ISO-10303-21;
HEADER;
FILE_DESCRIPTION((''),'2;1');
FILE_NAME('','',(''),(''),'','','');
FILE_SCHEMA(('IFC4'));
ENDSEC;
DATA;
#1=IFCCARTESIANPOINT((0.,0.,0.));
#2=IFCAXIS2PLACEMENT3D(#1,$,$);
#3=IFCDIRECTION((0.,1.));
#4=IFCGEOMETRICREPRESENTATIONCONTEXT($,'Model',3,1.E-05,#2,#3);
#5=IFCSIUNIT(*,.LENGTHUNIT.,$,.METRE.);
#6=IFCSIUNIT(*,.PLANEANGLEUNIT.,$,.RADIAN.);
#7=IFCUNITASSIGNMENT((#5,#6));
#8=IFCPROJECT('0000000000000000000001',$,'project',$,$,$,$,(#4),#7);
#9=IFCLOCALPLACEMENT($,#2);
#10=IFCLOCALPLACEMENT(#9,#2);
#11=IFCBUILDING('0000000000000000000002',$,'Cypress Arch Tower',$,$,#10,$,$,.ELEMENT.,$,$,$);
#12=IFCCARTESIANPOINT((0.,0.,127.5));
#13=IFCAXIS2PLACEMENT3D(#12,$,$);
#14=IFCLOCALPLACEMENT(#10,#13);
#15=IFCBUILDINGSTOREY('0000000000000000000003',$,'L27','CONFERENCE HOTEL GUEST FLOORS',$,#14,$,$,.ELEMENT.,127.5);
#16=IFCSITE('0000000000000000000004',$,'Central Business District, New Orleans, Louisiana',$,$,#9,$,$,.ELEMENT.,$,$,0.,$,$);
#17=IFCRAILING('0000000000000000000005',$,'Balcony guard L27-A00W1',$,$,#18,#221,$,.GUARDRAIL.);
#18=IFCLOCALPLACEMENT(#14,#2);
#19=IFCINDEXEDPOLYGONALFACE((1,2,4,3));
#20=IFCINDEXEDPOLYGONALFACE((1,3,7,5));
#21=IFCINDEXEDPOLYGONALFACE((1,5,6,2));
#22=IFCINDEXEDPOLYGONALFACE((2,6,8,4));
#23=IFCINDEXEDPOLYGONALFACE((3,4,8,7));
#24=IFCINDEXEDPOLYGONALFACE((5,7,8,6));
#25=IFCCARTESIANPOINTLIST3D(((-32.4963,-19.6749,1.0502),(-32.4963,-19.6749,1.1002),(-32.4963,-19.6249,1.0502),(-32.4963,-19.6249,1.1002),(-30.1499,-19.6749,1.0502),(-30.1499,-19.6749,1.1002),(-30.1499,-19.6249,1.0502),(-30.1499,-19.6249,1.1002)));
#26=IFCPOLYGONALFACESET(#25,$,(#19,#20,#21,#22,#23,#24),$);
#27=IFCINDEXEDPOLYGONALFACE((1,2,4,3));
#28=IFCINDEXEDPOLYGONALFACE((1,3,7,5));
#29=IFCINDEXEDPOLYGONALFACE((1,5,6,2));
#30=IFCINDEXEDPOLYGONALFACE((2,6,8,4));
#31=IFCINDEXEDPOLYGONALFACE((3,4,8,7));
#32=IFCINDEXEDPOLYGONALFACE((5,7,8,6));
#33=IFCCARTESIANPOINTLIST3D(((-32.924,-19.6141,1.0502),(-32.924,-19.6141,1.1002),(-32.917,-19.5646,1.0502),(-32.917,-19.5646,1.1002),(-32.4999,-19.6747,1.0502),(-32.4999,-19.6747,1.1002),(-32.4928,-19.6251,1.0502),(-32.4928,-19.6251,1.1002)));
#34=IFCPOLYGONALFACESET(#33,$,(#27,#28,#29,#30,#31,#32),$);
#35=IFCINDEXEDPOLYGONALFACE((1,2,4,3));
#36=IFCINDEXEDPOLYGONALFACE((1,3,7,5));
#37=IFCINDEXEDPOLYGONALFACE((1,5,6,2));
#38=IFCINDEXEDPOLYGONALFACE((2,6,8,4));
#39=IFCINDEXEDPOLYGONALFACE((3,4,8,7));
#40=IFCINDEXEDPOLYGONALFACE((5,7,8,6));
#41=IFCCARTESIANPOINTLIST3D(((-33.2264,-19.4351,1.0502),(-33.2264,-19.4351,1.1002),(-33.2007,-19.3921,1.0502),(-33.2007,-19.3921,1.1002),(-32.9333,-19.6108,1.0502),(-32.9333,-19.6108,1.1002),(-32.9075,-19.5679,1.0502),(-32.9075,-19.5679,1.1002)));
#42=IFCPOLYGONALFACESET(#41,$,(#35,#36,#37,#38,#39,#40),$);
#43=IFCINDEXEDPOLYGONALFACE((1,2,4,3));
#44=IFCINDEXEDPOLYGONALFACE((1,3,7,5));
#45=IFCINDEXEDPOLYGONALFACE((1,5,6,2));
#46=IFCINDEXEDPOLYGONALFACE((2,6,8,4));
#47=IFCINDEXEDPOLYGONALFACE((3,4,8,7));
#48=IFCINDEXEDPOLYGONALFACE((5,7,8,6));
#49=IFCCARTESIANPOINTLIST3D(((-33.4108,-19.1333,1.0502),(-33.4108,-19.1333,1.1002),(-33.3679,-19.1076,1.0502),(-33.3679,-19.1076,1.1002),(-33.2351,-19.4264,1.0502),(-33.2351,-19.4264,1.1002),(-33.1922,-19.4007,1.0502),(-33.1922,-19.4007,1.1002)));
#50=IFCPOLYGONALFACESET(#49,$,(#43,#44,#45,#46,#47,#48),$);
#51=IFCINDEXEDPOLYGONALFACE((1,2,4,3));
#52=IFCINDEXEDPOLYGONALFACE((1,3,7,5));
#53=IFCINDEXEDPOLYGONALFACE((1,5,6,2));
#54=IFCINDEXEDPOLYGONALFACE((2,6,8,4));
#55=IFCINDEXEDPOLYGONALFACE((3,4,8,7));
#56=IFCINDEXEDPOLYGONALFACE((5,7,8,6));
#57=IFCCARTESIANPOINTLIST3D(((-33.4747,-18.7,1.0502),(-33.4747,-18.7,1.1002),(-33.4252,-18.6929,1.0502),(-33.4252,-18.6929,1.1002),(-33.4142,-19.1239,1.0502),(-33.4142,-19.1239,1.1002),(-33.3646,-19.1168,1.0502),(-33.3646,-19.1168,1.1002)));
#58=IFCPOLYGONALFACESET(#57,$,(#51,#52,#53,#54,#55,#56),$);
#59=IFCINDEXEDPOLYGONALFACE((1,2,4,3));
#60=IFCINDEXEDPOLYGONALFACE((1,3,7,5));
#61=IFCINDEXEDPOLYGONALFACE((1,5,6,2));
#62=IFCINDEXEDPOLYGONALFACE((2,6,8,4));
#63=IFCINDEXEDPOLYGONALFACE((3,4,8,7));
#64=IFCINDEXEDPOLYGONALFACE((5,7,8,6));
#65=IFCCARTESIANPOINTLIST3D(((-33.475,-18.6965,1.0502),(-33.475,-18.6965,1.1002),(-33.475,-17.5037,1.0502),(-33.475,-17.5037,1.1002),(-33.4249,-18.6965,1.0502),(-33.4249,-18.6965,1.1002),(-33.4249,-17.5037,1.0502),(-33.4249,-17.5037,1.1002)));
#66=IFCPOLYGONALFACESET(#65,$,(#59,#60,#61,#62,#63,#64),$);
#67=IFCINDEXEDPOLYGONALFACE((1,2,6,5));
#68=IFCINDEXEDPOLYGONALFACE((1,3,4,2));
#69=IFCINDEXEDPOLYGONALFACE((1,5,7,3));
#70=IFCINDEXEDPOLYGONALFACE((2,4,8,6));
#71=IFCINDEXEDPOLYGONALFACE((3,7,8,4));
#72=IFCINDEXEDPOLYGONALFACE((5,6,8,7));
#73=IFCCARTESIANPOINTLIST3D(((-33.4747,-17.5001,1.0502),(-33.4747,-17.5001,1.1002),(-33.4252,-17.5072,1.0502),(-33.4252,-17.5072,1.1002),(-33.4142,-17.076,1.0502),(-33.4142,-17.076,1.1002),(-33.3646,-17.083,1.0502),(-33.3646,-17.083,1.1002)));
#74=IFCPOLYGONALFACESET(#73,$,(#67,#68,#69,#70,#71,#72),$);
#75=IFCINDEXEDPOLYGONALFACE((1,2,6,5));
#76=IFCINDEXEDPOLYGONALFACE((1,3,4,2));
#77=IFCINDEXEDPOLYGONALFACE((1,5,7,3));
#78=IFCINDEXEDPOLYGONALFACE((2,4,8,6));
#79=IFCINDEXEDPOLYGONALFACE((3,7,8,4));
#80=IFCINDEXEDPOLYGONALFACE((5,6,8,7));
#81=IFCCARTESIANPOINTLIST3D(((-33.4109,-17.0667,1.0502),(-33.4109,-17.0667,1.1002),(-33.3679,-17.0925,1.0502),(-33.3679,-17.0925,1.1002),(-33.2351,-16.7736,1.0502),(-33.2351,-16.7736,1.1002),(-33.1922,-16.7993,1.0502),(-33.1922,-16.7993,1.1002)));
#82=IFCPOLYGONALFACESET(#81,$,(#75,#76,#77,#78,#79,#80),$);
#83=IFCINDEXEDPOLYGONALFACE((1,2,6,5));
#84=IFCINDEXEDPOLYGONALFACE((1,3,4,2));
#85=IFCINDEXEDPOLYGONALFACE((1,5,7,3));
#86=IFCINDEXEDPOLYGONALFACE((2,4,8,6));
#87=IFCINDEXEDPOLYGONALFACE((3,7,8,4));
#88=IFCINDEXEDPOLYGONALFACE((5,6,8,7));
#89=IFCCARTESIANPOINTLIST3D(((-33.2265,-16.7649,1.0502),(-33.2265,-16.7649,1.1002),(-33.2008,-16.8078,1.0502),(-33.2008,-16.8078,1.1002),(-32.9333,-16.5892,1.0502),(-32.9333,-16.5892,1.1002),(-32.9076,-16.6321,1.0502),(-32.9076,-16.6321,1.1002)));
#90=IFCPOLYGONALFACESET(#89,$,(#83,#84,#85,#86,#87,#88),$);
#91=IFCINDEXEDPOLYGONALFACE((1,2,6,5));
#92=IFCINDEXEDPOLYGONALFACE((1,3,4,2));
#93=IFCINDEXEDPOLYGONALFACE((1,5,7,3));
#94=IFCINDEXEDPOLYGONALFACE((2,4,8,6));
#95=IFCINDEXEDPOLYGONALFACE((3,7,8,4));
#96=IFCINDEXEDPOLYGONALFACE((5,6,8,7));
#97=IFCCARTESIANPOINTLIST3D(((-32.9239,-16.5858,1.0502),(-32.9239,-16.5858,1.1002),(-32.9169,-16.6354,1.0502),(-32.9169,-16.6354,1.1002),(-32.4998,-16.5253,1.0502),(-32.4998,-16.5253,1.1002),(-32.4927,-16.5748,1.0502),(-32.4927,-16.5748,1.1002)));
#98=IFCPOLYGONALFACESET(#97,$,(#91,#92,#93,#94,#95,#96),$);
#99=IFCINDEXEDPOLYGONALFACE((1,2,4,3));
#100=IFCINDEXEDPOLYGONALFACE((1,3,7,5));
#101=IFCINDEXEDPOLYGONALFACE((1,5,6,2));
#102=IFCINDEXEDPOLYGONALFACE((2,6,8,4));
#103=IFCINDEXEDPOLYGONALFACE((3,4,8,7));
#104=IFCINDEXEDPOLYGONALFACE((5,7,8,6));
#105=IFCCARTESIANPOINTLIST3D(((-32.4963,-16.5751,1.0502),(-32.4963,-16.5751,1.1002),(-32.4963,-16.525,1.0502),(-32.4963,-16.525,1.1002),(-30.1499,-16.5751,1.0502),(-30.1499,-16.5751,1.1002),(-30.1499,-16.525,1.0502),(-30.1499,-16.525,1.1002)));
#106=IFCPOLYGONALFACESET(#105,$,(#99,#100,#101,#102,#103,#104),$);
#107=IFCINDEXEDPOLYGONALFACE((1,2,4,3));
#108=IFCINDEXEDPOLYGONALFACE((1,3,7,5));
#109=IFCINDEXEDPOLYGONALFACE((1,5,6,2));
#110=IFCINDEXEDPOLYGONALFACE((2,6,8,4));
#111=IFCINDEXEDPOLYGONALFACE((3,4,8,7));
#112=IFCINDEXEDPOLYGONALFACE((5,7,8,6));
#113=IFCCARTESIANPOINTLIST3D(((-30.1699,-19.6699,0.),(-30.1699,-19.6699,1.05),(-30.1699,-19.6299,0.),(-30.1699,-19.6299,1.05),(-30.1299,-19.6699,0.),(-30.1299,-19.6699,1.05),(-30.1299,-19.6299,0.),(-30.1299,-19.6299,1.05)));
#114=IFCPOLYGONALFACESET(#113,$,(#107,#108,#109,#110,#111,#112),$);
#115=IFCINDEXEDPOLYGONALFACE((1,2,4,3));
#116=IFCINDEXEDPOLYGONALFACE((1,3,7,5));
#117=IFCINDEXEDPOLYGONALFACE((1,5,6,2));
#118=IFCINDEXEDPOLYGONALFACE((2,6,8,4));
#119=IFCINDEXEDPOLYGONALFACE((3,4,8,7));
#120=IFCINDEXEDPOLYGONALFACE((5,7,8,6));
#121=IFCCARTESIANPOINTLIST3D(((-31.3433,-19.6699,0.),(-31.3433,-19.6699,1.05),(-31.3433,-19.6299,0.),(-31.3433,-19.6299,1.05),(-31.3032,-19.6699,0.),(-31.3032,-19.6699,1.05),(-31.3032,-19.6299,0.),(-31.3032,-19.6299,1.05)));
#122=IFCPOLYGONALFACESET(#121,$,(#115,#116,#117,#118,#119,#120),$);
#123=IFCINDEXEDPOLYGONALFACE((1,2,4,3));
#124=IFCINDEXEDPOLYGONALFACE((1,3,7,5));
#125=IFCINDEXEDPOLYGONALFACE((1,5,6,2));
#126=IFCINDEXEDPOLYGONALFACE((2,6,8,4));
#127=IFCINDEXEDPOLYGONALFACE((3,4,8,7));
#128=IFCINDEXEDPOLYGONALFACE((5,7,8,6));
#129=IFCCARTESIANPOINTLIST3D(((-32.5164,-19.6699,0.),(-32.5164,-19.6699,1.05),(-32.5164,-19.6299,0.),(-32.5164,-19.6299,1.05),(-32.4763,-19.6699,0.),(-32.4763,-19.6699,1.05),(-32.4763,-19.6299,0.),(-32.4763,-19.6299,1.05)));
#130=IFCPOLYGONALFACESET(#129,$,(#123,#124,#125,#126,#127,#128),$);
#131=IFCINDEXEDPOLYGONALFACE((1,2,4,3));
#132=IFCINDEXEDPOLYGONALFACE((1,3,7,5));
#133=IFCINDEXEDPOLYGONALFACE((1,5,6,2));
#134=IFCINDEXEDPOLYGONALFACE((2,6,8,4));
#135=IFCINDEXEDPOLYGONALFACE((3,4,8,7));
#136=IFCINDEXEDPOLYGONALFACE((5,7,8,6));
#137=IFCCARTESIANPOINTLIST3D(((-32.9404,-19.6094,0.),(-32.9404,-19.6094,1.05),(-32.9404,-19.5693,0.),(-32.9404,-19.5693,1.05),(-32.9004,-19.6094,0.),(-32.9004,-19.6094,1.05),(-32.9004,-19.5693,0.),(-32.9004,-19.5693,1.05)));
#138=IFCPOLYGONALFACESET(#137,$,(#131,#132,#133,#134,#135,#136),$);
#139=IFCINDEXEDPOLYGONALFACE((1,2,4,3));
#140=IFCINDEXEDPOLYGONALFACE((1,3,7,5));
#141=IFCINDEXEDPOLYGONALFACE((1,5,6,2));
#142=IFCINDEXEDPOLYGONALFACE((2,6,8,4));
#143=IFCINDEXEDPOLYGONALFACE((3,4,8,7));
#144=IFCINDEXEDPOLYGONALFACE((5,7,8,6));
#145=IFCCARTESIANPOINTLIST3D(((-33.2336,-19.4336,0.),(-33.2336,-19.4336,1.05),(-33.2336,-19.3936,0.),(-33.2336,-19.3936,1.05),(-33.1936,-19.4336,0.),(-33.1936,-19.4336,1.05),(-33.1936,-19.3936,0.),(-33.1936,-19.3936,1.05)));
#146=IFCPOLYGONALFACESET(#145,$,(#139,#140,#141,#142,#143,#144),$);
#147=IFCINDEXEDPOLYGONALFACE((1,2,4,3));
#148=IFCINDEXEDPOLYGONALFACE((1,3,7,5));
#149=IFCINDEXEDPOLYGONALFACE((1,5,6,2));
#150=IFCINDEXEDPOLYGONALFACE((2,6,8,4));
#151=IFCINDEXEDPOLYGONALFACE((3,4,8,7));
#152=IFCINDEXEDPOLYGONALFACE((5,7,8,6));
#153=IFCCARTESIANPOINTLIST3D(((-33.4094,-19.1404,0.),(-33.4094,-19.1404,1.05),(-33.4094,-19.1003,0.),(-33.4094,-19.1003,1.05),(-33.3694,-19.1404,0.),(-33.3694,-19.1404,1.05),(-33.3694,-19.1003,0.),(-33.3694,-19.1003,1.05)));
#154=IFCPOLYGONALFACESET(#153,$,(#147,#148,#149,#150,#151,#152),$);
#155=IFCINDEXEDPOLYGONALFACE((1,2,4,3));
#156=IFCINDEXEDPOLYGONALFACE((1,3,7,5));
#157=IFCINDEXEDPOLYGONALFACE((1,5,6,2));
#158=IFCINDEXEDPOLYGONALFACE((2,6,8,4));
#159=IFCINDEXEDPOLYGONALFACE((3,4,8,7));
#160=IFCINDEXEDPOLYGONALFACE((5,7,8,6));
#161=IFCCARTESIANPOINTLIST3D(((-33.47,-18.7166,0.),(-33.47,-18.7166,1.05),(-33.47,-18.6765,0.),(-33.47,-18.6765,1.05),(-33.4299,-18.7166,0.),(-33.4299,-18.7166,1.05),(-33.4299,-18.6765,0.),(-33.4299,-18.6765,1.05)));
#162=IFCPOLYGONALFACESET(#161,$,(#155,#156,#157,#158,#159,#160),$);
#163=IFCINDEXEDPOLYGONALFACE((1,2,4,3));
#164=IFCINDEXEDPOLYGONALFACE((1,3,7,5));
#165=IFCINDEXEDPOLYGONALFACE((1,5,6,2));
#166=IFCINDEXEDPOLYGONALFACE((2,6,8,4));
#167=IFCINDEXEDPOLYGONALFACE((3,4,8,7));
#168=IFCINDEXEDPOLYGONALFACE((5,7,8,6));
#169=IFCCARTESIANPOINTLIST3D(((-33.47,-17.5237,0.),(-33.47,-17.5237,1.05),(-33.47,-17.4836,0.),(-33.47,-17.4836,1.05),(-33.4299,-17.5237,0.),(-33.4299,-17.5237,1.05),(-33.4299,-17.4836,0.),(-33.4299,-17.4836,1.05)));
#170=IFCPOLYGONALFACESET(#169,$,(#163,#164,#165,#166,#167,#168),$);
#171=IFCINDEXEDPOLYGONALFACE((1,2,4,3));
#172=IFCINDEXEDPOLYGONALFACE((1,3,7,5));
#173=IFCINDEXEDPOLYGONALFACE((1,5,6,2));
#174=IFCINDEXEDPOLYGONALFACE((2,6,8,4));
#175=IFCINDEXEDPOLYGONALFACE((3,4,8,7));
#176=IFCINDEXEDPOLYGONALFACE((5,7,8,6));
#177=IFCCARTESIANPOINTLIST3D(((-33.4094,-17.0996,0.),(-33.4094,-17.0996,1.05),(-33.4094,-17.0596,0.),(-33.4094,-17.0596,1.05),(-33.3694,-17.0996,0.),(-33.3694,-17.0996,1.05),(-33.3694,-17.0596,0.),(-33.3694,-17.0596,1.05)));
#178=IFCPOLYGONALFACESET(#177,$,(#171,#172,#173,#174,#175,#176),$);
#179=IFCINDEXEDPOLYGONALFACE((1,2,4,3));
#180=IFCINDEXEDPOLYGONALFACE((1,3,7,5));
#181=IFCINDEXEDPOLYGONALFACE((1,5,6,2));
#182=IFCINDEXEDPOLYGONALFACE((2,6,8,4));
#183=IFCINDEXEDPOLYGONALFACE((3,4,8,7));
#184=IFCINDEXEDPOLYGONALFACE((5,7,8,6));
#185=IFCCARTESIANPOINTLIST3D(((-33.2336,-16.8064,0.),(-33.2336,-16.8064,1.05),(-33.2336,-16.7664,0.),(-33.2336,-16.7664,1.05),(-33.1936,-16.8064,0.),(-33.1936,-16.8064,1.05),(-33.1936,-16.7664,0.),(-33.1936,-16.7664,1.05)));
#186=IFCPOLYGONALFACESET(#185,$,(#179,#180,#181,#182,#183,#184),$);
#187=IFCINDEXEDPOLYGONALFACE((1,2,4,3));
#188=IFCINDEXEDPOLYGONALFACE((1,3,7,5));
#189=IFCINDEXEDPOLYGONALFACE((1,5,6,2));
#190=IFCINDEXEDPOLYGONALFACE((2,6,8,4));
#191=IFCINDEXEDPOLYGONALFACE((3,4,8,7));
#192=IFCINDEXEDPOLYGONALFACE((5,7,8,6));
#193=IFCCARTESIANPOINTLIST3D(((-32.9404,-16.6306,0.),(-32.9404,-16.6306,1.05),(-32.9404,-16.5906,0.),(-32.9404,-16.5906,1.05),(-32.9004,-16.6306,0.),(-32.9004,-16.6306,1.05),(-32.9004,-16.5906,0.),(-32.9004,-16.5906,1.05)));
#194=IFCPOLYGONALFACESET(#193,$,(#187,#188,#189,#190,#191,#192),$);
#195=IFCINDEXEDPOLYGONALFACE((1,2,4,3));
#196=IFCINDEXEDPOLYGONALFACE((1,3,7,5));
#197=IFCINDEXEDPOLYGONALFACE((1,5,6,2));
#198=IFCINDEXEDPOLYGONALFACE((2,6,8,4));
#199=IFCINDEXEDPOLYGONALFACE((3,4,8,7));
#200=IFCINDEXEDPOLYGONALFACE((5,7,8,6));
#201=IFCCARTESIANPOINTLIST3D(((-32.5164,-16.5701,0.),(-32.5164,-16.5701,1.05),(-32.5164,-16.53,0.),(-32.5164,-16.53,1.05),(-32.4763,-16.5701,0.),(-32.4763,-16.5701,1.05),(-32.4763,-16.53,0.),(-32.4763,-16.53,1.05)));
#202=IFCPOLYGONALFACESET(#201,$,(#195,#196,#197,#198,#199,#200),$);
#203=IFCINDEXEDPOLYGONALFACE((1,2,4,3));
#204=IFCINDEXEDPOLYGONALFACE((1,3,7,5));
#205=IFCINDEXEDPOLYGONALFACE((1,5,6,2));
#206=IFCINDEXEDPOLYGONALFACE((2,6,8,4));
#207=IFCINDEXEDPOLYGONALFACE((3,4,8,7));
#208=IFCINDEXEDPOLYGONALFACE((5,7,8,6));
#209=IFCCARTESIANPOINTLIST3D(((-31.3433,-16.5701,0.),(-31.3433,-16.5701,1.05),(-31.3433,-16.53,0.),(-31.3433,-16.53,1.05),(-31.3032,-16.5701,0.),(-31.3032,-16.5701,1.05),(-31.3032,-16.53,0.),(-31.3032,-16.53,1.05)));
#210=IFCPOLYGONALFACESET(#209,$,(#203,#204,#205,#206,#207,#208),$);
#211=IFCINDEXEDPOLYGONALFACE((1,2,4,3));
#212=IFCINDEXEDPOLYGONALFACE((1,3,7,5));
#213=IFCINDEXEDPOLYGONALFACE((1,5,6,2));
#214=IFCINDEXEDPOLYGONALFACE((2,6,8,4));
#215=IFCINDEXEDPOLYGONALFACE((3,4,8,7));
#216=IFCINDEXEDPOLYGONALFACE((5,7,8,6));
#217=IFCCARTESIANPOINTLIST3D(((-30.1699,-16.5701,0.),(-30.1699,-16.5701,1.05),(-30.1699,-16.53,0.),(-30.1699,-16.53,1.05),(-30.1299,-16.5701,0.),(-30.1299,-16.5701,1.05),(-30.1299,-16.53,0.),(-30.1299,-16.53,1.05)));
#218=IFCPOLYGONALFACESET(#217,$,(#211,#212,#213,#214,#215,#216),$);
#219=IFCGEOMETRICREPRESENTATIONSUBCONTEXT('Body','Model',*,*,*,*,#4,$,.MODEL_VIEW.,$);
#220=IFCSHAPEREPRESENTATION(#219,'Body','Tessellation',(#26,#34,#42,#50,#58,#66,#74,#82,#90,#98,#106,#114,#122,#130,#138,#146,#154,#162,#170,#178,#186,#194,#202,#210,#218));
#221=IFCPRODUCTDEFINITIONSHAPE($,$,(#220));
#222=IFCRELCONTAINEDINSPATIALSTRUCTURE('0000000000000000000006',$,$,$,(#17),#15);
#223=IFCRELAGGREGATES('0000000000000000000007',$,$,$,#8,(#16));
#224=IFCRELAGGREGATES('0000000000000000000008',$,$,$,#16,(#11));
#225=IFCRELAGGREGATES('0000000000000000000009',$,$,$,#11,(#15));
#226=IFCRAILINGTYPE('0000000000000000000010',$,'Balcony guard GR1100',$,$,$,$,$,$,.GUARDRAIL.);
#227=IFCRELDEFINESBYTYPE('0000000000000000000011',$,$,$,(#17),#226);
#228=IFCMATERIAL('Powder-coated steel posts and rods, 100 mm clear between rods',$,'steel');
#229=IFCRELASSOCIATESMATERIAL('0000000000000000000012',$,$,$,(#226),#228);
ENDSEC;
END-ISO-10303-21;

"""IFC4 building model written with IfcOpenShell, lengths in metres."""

from ifc_helpers import new_model, si_unit, direction, frame, origin, origin_2d, place, context, subcontext, project, spatial, rectangle, extrude, material, type_object, element, save


model = new_model("IFC4")

# Units and contexts
model_context = context("Model", 3, precision=1e-05, world=origin(), true_north=direction((0.0, 1.0)))
body_context = subcontext(model_context, "Body", "Model", "MODEL_VIEW")
ifc_project = project(units=[si_unit("LENGTHUNIT", "METRE"), si_unit("PLANEANGLEUNIT", "RADIAN")], contexts=[model_context])

# Site, building, storey
site_placement = place(None, origin())
site = spatial("IfcSite", under=ifc_project, at=site_placement, Name="Central Business District, New Orleans, Louisiana", CompositionType="ELEMENT", RefElevation=0.0)
building_placement = place(site_placement, origin())
building = spatial("IfcBuilding", under=site, at=building_placement, Name="Cypress Arch Tower", CompositionType="ELEMENT")
storey_placement = place(building_placement, frame((0.0, 0.0, 127.5)))
storey = spatial("IfcBuildingStorey", under=building, at=storey_placement, Name="L27", Description="CONFERENCE HOTEL GUEST FLOORS", CompositionType="ELEMENT", Elevation=127.5)

# Railing
ifc_material_1 = material(Name="Powder-coated steel posts and rods, 100 mm clear between rods", Category="steel")
railing_type = type_object("IfcRailingType", Name="Balcony guard GR1100", PredefinedType="GUARDRAIL", material=ifc_material_1)
railing_placement = place(storey_placement, frame((-30.1499, -19.6499, 0.0)))
element("IfcRailing", 1, at=railing_placement, inside=storey, type_object=railing_type, Name="Balcony guard L27-A00W1", PredefinedType="GUARDRAIL", context=body_context, shape_type="SweptSolid", body=[
    extrude(rectangle(XDim=0.05, YDim=0.05, at=origin_2d()), frame((0.0, 0.0, 1.0752), z_axis=(-1.0, 0.0, 0.0), x_axis=(0.0, -1.0, 0.0)), (0.0, 0.0, 1.0), 2.3464),
    extrude(rectangle(XDim=0.05, YDim=0.05, at=origin_2d()), frame((-2.3464, 0.0, 1.0752), z_axis=(-0.989961, 0.141342, 0.0), x_axis=(-0.141342, -0.989961, 0.0)), (0.0, 0.0, 1.0), 0.4285),
    extrude(rectangle(XDim=0.05, YDim=0.05, at=origin_2d()), frame((-2.7705, 0.0605, 1.0752), z_axis=(-0.857682, 0.514181, 0.0), x_axis=(-0.514181, -0.857682, 0.0)), (0.0, 0.0, 1.0), 0.3418),
    extrude(rectangle(XDim=0.05, YDim=0.05, at=origin_2d()), frame((-3.0637, 0.2363, 1.0752), z_axis=(-0.514181, 0.857682, 0.0), x_axis=(-0.857682, -0.514181, 0.0)), (0.0, 0.0, 1.0), 0.3418),
    extrude(rectangle(XDim=0.05, YDim=0.05, at=origin_2d()), frame((-3.2395, 0.5295, 1.0752), z_axis=(-0.141421, 0.989949, 0.0), x_axis=(-0.989949, -0.141421, 0.0)), (0.0, 0.0, 1.0), 0.4282),
    extrude(rectangle(XDim=0.05, YDim=0.05, at=origin_2d()), frame((-3.3, 0.9534, 1.0752), z_axis=(0.0, 1.0, 0.0), x_axis=(-1.0, 0.0, 0.0)), (0.0, 0.0, 1.0), 1.1929),
    extrude(rectangle(XDim=0.05, YDim=0.05, at=origin_2d()), frame((-3.3, 2.1462, 1.0752), z_axis=(0.141342, 0.989961, 0.0), x_axis=(-0.989961, 0.141342, 0.0)), (0.0, 0.0, 1.0), 0.4285),
    extrude(rectangle(XDim=0.05, YDim=0.05, at=origin_2d()), frame((-3.2395, 2.5703, 1.0752), z_axis=(0.514181, 0.857682, 0.0), x_axis=(-0.857682, 0.514181, 0.0)), (0.0, 0.0, 1.0), 0.3418),
    extrude(rectangle(XDim=0.05, YDim=0.05, at=origin_2d()), frame((-3.0637, 2.8635, 1.0752), z_axis=(0.857682, 0.514181, 0.0), x_axis=(-0.514181, 0.857682, 0.0)), (0.0, 0.0, 1.0), 0.3418),
    extrude(rectangle(XDim=0.05, YDim=0.05, at=origin_2d()), frame((-2.7705, 3.0393, 1.0752), z_axis=(0.989961, 0.141342, 0.0), x_axis=(-0.141342, 0.989961, 0.0)), (0.0, 0.0, 1.0), 0.4285),
    extrude(rectangle(XDim=0.05, YDim=0.05, at=origin_2d()), frame((-2.3464, 3.0999, 1.0752), z_axis=(1.0, 0.0, 0.0), x_axis=(0.0, 1.0, 0.0)), (0.0, 0.0, 1.0), 2.3464),
    extrude(rectangle(XDim=0.04, YDim=0.04, at=origin_2d()), origin(), (0.0, 0.0, 1.0), 1.05),
    extrude(rectangle(XDim=0.04, YDim=0.04, at=origin_2d()), frame((-1.1733, 0.0, 0.0)), (0.0, 0.0, 1.0), 1.05),
    extrude(rectangle(XDim=0.04, YDim=0.04, at=origin_2d()), frame((-2.3464, 0.0, 0.0)), (0.0, 0.0, 1.0), 1.05),
    extrude(rectangle(XDim=0.04, YDim=0.04, at=origin_2d()), frame((-2.7705, 0.0605, 0.0)), (0.0, 0.0, 1.0), 1.05),
    extrude(rectangle(XDim=0.04, YDim=0.04, at=origin_2d()), frame((-3.0637, 0.2363, 0.0)), (0.0, 0.0, 1.0), 1.05),
    extrude(rectangle(XDim=0.04, YDim=0.04, at=origin_2d()), frame((-3.2395, 0.5295, 0.0)), (0.0, 0.0, 1.0), 1.05),
    extrude(rectangle(XDim=0.04, YDim=0.04, at=origin_2d()), frame((-3.3, 0.9534, 0.0)), (0.0, 0.0, 1.0), 1.05),
    extrude(rectangle(XDim=0.04, YDim=0.04, at=origin_2d()), frame((-3.3, 2.1462, 0.0)), (0.0, 0.0, 1.0), 1.05),
    extrude(rectangle(XDim=0.04, YDim=0.04, at=origin_2d()), frame((-3.2395, 2.5703, 0.0)), (0.0, 0.0, 1.0), 1.05),
    extrude(rectangle(XDim=0.04, YDim=0.04, at=origin_2d()), frame((-3.0637, 2.8635, 0.0)), (0.0, 0.0, 1.0), 1.05),
    extrude(rectangle(XDim=0.04, YDim=0.04, at=origin_2d()), frame((-2.7705, 3.0393, 0.0)), (0.0, 0.0, 1.0), 1.05),
    extrude(rectangle(XDim=0.04, YDim=0.04, at=origin_2d()), frame((-2.3464, 3.0999, 0.0)), (0.0, 0.0, 1.0), 1.05),
    extrude(rectangle(XDim=0.04, YDim=0.04, at=origin_2d()), frame((-1.1733, 3.0999, 0.0)), (0.0, 0.0, 1.0), 1.05),
    extrude(rectangle(XDim=0.04, YDim=0.04, at=origin_2d()), frame((0.0, 3.0999, 0.0)), (0.0, 0.0, 1.0), 1.05),
])

save(model, "model.ifc")
